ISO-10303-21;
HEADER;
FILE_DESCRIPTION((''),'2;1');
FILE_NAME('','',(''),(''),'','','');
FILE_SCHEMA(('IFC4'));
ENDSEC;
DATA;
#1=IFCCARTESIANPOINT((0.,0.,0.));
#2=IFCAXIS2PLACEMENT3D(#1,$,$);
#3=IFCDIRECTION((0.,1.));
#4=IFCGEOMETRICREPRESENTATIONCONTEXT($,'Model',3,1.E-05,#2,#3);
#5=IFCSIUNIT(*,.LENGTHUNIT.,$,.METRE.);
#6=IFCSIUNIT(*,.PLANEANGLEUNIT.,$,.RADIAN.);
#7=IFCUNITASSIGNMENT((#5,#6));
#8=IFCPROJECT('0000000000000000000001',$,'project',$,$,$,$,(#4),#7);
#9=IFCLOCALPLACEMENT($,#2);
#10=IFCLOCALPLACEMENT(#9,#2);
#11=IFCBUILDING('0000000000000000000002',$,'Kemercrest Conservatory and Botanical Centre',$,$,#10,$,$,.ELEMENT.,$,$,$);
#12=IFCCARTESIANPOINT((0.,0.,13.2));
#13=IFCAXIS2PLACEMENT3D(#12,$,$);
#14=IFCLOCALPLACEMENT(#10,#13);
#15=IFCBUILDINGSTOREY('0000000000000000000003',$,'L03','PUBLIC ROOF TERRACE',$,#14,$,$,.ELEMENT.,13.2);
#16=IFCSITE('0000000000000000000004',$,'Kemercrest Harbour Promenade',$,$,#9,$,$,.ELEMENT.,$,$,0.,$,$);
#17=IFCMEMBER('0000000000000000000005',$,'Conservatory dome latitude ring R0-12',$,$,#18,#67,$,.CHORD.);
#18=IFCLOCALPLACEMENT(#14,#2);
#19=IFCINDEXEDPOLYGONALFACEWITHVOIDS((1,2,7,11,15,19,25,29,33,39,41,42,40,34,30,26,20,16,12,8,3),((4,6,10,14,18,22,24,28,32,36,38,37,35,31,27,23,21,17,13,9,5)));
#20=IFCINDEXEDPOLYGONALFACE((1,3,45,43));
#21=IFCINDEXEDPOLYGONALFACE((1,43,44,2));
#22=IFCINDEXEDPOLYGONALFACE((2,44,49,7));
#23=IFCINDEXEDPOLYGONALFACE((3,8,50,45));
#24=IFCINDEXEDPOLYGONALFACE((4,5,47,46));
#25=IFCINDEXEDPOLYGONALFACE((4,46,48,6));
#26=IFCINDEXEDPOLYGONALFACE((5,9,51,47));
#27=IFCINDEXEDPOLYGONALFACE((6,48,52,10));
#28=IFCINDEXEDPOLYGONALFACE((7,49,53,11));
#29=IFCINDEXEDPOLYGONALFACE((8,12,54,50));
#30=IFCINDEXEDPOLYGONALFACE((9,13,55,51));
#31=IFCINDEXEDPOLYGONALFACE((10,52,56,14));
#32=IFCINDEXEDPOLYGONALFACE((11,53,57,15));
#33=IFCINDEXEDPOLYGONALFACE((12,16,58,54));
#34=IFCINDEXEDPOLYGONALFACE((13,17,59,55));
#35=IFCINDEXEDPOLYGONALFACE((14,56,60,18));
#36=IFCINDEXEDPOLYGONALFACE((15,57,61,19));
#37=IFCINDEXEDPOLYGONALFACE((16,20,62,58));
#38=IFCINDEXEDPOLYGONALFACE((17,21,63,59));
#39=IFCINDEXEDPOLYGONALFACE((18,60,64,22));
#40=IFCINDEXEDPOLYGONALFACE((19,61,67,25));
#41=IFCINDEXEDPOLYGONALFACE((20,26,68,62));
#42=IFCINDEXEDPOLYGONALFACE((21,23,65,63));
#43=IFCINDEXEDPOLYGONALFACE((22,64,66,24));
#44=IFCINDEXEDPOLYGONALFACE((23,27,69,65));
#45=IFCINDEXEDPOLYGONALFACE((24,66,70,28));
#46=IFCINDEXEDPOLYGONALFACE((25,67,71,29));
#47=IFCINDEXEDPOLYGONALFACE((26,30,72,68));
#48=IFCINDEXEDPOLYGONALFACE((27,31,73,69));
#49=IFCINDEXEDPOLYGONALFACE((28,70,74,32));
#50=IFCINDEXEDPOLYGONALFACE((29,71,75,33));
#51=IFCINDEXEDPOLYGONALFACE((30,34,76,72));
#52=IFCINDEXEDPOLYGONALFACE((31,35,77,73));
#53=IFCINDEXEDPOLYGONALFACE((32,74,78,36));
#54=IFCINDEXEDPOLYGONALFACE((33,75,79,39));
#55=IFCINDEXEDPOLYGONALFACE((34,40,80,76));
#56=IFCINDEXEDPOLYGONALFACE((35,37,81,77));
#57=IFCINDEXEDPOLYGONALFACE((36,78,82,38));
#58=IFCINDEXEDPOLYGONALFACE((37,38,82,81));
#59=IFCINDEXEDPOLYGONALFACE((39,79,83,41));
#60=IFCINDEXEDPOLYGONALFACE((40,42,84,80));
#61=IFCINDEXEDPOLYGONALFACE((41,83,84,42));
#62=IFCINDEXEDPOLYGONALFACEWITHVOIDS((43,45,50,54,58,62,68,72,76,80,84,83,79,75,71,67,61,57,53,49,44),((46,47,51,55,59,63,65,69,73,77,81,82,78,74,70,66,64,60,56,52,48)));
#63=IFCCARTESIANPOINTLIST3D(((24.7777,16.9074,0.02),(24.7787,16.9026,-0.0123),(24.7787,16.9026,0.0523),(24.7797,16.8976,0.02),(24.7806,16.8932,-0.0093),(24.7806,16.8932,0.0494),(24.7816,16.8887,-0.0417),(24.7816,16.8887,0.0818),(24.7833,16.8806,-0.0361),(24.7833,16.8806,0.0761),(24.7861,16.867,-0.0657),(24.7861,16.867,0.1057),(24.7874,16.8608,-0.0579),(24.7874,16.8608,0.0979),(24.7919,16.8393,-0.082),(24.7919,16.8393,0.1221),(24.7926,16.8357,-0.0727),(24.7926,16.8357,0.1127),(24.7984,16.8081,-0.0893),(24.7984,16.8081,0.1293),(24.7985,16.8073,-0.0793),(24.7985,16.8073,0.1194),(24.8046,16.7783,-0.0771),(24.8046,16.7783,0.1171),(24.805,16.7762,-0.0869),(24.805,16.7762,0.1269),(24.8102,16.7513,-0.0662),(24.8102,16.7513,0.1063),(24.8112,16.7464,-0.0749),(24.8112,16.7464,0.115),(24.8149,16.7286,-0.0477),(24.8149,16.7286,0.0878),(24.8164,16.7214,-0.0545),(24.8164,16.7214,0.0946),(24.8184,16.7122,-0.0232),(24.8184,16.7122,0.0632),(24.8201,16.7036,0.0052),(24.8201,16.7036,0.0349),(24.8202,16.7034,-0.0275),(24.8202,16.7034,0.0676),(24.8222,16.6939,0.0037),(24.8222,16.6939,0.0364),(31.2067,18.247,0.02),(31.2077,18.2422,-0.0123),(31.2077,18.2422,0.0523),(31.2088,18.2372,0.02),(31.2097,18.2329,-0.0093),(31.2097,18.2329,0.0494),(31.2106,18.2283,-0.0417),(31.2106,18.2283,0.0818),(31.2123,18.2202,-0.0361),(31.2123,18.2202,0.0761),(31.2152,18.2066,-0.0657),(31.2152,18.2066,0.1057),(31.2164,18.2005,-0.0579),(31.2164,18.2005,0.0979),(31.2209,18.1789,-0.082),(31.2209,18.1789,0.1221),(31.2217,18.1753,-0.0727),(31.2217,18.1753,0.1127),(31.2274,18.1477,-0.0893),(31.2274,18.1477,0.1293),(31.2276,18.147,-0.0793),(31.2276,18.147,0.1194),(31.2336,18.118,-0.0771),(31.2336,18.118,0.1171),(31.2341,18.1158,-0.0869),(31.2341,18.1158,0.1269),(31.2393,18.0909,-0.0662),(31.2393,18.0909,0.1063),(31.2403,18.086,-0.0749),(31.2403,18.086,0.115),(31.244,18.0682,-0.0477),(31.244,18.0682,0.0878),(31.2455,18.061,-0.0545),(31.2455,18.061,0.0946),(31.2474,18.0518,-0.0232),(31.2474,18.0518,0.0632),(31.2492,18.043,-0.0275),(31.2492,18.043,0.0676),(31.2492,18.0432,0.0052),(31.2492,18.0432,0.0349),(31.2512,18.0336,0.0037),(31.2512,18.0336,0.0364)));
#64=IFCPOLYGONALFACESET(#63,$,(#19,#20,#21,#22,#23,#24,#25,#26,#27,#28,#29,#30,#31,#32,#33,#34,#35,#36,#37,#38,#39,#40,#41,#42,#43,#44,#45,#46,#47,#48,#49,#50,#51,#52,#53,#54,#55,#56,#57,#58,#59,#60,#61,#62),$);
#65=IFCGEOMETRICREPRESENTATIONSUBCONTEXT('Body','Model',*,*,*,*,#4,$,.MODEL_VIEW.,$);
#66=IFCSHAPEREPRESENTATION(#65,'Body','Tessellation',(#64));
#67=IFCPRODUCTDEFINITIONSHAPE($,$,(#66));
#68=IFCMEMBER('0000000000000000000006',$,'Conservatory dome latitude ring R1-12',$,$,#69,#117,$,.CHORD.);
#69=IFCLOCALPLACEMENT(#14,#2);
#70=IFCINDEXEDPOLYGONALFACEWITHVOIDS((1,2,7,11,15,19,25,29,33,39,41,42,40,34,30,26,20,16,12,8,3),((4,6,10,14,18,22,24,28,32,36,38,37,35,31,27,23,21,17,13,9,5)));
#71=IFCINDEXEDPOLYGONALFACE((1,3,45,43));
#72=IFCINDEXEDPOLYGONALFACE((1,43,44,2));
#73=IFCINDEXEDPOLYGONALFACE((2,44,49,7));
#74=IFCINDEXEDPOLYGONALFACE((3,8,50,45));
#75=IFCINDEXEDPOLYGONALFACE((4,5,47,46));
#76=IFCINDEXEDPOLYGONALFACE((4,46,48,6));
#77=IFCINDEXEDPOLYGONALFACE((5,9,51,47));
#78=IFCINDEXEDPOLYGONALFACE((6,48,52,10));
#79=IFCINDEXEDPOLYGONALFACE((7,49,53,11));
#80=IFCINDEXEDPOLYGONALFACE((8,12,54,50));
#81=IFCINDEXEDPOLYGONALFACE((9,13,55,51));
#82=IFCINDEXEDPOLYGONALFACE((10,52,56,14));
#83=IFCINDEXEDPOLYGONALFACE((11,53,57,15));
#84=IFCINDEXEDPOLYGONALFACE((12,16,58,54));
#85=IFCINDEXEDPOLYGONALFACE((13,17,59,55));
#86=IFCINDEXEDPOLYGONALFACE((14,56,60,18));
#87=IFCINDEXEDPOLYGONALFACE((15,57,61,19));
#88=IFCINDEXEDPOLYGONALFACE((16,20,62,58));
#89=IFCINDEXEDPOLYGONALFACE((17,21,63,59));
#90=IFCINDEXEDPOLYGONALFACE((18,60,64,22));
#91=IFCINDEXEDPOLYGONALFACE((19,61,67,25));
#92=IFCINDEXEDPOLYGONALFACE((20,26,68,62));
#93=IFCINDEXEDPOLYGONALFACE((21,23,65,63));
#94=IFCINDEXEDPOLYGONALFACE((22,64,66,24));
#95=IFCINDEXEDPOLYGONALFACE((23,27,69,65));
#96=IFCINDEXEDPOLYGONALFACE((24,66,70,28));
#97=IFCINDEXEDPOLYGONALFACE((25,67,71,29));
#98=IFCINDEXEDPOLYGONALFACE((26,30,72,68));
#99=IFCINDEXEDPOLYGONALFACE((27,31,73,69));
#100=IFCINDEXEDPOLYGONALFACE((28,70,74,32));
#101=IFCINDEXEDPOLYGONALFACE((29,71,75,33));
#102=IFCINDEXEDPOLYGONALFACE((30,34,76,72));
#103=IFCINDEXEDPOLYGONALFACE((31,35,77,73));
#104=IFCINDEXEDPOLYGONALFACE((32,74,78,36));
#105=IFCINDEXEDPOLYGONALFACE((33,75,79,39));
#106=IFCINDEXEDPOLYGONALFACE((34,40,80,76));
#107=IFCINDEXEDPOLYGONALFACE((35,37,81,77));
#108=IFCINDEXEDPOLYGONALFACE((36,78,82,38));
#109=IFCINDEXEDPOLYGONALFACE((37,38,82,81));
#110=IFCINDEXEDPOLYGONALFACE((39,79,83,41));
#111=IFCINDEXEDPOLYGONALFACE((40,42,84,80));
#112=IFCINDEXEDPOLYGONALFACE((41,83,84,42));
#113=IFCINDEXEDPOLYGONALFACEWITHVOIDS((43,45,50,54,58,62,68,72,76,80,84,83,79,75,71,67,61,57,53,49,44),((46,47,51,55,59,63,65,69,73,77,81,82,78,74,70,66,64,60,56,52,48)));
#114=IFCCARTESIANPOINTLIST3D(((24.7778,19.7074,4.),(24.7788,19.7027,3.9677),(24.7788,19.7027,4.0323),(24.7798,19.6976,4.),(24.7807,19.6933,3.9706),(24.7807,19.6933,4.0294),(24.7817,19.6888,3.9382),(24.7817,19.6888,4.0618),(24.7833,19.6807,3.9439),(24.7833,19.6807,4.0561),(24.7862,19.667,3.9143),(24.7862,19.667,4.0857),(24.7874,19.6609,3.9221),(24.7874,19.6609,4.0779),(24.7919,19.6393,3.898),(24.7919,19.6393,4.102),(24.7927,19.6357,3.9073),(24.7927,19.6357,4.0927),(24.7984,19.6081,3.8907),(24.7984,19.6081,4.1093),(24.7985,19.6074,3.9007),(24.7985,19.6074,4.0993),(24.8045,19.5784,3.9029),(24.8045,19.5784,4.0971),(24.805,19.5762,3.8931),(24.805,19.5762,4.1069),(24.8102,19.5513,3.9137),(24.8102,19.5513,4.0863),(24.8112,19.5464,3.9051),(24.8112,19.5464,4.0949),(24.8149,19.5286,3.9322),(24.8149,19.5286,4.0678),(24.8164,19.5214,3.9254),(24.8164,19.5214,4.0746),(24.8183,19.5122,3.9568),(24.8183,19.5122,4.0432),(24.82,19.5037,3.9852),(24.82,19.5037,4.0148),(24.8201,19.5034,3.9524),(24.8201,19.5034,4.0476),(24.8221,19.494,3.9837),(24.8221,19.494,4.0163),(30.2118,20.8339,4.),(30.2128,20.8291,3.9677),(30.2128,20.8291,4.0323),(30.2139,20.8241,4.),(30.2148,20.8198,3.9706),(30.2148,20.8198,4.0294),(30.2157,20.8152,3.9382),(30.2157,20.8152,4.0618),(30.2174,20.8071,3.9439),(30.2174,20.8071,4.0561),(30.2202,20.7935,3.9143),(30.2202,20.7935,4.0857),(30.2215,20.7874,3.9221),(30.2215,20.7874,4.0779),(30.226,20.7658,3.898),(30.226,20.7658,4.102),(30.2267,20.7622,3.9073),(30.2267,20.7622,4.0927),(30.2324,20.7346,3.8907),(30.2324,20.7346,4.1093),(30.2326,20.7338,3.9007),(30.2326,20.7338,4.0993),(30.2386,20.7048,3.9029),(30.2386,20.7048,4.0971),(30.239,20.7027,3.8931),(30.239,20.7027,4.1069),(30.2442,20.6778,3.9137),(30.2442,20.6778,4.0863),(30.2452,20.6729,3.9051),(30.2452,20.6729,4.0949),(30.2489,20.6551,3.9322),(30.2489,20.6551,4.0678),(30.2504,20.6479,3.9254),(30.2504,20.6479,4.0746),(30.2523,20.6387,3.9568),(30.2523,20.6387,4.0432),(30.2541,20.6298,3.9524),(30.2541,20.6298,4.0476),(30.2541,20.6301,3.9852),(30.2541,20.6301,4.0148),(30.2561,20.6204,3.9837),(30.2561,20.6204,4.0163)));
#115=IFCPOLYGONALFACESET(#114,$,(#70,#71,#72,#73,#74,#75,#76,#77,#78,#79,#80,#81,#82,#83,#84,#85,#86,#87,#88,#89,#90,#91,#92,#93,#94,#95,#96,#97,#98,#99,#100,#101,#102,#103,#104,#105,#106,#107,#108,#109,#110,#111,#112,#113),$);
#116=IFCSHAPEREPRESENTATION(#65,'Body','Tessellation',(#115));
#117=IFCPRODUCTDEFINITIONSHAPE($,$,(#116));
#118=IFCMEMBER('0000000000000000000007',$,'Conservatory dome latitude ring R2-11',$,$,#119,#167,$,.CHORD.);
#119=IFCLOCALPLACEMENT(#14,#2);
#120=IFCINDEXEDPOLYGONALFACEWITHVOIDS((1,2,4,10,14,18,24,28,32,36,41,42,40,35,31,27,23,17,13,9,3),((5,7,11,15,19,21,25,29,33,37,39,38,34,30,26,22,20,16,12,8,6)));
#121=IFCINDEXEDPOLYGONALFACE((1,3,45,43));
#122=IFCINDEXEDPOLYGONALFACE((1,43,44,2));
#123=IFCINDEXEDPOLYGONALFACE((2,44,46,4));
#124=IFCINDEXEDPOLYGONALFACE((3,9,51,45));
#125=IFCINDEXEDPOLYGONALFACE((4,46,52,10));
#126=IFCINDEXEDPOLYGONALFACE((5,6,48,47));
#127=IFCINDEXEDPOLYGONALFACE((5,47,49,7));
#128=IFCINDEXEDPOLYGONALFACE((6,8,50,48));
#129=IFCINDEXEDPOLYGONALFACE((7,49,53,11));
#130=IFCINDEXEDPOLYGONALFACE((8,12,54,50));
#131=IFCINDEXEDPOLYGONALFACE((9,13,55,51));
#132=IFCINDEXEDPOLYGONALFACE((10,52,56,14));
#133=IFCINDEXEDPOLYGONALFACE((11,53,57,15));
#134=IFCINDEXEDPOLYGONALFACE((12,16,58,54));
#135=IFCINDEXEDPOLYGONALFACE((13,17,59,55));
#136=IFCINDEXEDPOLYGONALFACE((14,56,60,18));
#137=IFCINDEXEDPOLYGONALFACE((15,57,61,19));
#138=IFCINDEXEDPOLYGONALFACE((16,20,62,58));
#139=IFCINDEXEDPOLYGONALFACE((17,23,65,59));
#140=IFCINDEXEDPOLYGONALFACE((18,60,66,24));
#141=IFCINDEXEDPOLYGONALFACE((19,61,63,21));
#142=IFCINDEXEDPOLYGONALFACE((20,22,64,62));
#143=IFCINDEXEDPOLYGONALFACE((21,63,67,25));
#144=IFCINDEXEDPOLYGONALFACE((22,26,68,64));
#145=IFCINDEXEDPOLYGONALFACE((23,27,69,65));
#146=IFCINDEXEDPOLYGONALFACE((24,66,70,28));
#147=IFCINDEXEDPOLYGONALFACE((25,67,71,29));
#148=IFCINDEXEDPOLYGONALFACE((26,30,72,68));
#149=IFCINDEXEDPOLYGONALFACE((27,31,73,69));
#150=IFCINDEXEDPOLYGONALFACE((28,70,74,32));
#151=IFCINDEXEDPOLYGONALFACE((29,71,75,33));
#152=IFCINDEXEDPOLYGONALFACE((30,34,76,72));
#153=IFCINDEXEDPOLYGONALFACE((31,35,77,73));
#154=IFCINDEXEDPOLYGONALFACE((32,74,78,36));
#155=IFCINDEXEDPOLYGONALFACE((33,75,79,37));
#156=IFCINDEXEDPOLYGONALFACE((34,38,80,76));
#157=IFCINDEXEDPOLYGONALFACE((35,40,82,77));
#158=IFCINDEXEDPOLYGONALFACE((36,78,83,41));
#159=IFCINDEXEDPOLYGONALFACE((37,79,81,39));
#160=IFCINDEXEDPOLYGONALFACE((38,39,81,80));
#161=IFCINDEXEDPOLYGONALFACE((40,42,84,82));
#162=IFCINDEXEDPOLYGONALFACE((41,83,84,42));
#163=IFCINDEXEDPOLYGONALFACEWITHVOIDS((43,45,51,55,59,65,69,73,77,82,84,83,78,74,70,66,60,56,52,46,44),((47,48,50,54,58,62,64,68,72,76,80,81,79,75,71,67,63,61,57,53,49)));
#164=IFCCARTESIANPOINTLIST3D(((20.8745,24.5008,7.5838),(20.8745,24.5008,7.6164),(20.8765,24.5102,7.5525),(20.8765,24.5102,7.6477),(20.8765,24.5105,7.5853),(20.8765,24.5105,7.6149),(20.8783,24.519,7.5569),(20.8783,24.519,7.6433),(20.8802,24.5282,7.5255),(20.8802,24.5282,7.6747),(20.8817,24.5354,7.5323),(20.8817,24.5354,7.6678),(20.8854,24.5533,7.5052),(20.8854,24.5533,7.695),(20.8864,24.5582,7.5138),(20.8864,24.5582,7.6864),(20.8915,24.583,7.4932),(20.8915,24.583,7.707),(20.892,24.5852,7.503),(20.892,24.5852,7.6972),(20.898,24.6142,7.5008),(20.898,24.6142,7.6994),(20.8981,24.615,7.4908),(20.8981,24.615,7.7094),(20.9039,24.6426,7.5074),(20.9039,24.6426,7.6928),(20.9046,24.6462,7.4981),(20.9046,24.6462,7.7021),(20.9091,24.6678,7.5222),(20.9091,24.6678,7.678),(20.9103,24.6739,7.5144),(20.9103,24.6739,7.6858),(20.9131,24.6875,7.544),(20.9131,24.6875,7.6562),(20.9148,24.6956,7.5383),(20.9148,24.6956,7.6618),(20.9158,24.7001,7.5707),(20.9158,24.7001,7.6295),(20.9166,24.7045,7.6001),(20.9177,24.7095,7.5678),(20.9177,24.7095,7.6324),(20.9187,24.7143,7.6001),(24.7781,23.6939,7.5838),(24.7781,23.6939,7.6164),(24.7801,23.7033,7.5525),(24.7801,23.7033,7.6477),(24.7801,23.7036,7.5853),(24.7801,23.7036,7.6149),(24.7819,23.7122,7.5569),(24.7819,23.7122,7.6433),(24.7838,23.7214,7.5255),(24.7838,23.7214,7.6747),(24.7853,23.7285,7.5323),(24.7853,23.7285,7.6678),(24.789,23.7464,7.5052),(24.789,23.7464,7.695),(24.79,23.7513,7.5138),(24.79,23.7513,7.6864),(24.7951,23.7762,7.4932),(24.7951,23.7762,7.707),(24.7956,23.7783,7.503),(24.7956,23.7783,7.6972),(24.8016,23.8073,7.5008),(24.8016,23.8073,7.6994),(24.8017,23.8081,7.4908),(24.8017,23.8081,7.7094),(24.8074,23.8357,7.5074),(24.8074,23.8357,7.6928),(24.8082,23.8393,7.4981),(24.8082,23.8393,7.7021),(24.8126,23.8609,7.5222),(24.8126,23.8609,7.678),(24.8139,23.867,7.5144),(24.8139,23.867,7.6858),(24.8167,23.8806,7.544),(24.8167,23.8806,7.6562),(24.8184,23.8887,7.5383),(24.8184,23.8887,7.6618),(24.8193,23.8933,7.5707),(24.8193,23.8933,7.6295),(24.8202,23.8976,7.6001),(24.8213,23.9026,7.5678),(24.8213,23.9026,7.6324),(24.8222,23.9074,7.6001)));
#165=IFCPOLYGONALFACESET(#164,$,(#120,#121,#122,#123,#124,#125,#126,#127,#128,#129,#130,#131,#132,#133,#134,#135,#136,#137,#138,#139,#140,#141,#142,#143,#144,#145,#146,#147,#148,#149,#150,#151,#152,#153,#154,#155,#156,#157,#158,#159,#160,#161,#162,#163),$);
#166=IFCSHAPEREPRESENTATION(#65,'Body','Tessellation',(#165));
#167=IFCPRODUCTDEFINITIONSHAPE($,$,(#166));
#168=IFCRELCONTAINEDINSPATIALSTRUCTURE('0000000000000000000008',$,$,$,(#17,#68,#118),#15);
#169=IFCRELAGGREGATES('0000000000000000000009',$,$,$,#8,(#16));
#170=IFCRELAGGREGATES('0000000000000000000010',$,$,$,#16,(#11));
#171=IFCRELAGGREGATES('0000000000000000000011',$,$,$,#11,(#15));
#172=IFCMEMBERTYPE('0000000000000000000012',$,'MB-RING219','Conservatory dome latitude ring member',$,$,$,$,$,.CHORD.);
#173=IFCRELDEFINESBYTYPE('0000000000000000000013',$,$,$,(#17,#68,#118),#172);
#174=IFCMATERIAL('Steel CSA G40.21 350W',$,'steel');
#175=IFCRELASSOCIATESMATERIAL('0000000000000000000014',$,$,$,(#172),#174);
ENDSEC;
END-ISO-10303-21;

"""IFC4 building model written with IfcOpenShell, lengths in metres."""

from ifc_helpers import new_model, si_unit, direction, frame, origin, origin_2d, place, context, subcontext, project, spatial, hollow_circle, extrude, material, material_profile, profile_set, type_object, element, save


model = new_model("IFC4")

# Units and contexts
model_context = context("Model", 3, precision=1e-05, world=origin(), true_north=direction((0.0, 1.0)))
body_context = subcontext(model_context, "Body", "Model", "MODEL_VIEW")
ifc_project = project(units=[si_unit("LENGTHUNIT", "METRE"), si_unit("PLANEANGLEUNIT", "RADIAN")], contexts=[model_context])

# Site, building, storey
site_placement = place(None, origin())
site = spatial("IfcSite", under=ifc_project, at=site_placement, Name="Kemercrest Harbour Promenade", CompositionType="ELEMENT", RefElevation=0.0)
building_placement = place(site_placement, origin())
building = spatial("IfcBuilding", under=site, at=building_placement, Name="Kemercrest Conservatory and Botanical Centre", CompositionType="ELEMENT")
storey_placement = place(building_placement, frame((0.0, 0.0, 13.2)))
storey = spatial("IfcBuildingStorey", under=building, at=storey_placement, Name="L03", Description="PUBLIC ROOF TERRACE", CompositionType="ELEMENT", Elevation=13.2)

# Shared definitions
ifc_material_1 = material(Name="Steel CSA G40.21 350W", Category="steel")

# Members
ifc_material_profile_1 = material_profile(ifc_material_1, hollow_circle(Radius=0.1096, WallThickness=0.01, at=origin_2d()), Name="CHS 219.1x10.0")
ifc_profile_set_1 = profile_set([ifc_material_profile_1], Name="Steel CSA G40.21 350W")
member_type_1 = type_object("IfcMemberType", Name="MB-RING219", Description="Conservatory dome latitude ring member", PredefinedType="CHORD", material=ifc_profile_set_1)
member_1_placement = place(storey_placement, frame((24.8, 16.8, 0.02), z_axis=(0.978973, 0.203988, 0.0), x_axis=(-0.203988, 0.978973, 0.0)))
element("IfcMember", 1, at=member_1_placement, inside=storey, type_object=member_type_1, Name="Conservatory dome latitude ring R0-12", PredefinedType="CHORD", context=body_context, shape_type="SweptSolid", body=[
    extrude(hollow_circle(Radius=0.1096, WallThickness=0.01, at=origin_2d()), origin(), (0.0, 0.0, 1.0), 6.5671),
])
member_2_placement = place(storey_placement, frame((24.8, 19.6001, 4.0), z_axis=(0.979183, 0.202981, 0.0), x_axis=(-0.202981, 0.979183, 0.0)))
element("IfcMember", 2, at=member_2_placement, inside=storey, type_object=member_type_1, Name="Conservatory dome latitude ring R1-12", PredefinedType="CHORD", context=body_context, shape_type="SweptSolid", body=[
    extrude(hollow_circle(Radius=0.1096, WallThickness=0.01, at=origin_2d()), origin(), (0.0, 0.0, 1.0), 5.5496),
])
member_3_placement = place(storey_placement, frame((20.8965, 24.6069, 7.6001), z_axis=(0.979298, -0.202425, 0.0), x_axis=(0.202425, 0.979298, 0.0)))
element("IfcMember", 3, at=member_3_placement, inside=storey, type_object=member_type_1, Name="Conservatory dome latitude ring R2-11", PredefinedType="CHORD", context=body_context, shape_type="SweptSolid", body=[
    extrude(hollow_circle(Radius=0.1096, WallThickness=0.01, at=origin_2d()), origin(), (0.0, 0.0, 1.0), 3.9861),
])

save(model, "model.ifc")
